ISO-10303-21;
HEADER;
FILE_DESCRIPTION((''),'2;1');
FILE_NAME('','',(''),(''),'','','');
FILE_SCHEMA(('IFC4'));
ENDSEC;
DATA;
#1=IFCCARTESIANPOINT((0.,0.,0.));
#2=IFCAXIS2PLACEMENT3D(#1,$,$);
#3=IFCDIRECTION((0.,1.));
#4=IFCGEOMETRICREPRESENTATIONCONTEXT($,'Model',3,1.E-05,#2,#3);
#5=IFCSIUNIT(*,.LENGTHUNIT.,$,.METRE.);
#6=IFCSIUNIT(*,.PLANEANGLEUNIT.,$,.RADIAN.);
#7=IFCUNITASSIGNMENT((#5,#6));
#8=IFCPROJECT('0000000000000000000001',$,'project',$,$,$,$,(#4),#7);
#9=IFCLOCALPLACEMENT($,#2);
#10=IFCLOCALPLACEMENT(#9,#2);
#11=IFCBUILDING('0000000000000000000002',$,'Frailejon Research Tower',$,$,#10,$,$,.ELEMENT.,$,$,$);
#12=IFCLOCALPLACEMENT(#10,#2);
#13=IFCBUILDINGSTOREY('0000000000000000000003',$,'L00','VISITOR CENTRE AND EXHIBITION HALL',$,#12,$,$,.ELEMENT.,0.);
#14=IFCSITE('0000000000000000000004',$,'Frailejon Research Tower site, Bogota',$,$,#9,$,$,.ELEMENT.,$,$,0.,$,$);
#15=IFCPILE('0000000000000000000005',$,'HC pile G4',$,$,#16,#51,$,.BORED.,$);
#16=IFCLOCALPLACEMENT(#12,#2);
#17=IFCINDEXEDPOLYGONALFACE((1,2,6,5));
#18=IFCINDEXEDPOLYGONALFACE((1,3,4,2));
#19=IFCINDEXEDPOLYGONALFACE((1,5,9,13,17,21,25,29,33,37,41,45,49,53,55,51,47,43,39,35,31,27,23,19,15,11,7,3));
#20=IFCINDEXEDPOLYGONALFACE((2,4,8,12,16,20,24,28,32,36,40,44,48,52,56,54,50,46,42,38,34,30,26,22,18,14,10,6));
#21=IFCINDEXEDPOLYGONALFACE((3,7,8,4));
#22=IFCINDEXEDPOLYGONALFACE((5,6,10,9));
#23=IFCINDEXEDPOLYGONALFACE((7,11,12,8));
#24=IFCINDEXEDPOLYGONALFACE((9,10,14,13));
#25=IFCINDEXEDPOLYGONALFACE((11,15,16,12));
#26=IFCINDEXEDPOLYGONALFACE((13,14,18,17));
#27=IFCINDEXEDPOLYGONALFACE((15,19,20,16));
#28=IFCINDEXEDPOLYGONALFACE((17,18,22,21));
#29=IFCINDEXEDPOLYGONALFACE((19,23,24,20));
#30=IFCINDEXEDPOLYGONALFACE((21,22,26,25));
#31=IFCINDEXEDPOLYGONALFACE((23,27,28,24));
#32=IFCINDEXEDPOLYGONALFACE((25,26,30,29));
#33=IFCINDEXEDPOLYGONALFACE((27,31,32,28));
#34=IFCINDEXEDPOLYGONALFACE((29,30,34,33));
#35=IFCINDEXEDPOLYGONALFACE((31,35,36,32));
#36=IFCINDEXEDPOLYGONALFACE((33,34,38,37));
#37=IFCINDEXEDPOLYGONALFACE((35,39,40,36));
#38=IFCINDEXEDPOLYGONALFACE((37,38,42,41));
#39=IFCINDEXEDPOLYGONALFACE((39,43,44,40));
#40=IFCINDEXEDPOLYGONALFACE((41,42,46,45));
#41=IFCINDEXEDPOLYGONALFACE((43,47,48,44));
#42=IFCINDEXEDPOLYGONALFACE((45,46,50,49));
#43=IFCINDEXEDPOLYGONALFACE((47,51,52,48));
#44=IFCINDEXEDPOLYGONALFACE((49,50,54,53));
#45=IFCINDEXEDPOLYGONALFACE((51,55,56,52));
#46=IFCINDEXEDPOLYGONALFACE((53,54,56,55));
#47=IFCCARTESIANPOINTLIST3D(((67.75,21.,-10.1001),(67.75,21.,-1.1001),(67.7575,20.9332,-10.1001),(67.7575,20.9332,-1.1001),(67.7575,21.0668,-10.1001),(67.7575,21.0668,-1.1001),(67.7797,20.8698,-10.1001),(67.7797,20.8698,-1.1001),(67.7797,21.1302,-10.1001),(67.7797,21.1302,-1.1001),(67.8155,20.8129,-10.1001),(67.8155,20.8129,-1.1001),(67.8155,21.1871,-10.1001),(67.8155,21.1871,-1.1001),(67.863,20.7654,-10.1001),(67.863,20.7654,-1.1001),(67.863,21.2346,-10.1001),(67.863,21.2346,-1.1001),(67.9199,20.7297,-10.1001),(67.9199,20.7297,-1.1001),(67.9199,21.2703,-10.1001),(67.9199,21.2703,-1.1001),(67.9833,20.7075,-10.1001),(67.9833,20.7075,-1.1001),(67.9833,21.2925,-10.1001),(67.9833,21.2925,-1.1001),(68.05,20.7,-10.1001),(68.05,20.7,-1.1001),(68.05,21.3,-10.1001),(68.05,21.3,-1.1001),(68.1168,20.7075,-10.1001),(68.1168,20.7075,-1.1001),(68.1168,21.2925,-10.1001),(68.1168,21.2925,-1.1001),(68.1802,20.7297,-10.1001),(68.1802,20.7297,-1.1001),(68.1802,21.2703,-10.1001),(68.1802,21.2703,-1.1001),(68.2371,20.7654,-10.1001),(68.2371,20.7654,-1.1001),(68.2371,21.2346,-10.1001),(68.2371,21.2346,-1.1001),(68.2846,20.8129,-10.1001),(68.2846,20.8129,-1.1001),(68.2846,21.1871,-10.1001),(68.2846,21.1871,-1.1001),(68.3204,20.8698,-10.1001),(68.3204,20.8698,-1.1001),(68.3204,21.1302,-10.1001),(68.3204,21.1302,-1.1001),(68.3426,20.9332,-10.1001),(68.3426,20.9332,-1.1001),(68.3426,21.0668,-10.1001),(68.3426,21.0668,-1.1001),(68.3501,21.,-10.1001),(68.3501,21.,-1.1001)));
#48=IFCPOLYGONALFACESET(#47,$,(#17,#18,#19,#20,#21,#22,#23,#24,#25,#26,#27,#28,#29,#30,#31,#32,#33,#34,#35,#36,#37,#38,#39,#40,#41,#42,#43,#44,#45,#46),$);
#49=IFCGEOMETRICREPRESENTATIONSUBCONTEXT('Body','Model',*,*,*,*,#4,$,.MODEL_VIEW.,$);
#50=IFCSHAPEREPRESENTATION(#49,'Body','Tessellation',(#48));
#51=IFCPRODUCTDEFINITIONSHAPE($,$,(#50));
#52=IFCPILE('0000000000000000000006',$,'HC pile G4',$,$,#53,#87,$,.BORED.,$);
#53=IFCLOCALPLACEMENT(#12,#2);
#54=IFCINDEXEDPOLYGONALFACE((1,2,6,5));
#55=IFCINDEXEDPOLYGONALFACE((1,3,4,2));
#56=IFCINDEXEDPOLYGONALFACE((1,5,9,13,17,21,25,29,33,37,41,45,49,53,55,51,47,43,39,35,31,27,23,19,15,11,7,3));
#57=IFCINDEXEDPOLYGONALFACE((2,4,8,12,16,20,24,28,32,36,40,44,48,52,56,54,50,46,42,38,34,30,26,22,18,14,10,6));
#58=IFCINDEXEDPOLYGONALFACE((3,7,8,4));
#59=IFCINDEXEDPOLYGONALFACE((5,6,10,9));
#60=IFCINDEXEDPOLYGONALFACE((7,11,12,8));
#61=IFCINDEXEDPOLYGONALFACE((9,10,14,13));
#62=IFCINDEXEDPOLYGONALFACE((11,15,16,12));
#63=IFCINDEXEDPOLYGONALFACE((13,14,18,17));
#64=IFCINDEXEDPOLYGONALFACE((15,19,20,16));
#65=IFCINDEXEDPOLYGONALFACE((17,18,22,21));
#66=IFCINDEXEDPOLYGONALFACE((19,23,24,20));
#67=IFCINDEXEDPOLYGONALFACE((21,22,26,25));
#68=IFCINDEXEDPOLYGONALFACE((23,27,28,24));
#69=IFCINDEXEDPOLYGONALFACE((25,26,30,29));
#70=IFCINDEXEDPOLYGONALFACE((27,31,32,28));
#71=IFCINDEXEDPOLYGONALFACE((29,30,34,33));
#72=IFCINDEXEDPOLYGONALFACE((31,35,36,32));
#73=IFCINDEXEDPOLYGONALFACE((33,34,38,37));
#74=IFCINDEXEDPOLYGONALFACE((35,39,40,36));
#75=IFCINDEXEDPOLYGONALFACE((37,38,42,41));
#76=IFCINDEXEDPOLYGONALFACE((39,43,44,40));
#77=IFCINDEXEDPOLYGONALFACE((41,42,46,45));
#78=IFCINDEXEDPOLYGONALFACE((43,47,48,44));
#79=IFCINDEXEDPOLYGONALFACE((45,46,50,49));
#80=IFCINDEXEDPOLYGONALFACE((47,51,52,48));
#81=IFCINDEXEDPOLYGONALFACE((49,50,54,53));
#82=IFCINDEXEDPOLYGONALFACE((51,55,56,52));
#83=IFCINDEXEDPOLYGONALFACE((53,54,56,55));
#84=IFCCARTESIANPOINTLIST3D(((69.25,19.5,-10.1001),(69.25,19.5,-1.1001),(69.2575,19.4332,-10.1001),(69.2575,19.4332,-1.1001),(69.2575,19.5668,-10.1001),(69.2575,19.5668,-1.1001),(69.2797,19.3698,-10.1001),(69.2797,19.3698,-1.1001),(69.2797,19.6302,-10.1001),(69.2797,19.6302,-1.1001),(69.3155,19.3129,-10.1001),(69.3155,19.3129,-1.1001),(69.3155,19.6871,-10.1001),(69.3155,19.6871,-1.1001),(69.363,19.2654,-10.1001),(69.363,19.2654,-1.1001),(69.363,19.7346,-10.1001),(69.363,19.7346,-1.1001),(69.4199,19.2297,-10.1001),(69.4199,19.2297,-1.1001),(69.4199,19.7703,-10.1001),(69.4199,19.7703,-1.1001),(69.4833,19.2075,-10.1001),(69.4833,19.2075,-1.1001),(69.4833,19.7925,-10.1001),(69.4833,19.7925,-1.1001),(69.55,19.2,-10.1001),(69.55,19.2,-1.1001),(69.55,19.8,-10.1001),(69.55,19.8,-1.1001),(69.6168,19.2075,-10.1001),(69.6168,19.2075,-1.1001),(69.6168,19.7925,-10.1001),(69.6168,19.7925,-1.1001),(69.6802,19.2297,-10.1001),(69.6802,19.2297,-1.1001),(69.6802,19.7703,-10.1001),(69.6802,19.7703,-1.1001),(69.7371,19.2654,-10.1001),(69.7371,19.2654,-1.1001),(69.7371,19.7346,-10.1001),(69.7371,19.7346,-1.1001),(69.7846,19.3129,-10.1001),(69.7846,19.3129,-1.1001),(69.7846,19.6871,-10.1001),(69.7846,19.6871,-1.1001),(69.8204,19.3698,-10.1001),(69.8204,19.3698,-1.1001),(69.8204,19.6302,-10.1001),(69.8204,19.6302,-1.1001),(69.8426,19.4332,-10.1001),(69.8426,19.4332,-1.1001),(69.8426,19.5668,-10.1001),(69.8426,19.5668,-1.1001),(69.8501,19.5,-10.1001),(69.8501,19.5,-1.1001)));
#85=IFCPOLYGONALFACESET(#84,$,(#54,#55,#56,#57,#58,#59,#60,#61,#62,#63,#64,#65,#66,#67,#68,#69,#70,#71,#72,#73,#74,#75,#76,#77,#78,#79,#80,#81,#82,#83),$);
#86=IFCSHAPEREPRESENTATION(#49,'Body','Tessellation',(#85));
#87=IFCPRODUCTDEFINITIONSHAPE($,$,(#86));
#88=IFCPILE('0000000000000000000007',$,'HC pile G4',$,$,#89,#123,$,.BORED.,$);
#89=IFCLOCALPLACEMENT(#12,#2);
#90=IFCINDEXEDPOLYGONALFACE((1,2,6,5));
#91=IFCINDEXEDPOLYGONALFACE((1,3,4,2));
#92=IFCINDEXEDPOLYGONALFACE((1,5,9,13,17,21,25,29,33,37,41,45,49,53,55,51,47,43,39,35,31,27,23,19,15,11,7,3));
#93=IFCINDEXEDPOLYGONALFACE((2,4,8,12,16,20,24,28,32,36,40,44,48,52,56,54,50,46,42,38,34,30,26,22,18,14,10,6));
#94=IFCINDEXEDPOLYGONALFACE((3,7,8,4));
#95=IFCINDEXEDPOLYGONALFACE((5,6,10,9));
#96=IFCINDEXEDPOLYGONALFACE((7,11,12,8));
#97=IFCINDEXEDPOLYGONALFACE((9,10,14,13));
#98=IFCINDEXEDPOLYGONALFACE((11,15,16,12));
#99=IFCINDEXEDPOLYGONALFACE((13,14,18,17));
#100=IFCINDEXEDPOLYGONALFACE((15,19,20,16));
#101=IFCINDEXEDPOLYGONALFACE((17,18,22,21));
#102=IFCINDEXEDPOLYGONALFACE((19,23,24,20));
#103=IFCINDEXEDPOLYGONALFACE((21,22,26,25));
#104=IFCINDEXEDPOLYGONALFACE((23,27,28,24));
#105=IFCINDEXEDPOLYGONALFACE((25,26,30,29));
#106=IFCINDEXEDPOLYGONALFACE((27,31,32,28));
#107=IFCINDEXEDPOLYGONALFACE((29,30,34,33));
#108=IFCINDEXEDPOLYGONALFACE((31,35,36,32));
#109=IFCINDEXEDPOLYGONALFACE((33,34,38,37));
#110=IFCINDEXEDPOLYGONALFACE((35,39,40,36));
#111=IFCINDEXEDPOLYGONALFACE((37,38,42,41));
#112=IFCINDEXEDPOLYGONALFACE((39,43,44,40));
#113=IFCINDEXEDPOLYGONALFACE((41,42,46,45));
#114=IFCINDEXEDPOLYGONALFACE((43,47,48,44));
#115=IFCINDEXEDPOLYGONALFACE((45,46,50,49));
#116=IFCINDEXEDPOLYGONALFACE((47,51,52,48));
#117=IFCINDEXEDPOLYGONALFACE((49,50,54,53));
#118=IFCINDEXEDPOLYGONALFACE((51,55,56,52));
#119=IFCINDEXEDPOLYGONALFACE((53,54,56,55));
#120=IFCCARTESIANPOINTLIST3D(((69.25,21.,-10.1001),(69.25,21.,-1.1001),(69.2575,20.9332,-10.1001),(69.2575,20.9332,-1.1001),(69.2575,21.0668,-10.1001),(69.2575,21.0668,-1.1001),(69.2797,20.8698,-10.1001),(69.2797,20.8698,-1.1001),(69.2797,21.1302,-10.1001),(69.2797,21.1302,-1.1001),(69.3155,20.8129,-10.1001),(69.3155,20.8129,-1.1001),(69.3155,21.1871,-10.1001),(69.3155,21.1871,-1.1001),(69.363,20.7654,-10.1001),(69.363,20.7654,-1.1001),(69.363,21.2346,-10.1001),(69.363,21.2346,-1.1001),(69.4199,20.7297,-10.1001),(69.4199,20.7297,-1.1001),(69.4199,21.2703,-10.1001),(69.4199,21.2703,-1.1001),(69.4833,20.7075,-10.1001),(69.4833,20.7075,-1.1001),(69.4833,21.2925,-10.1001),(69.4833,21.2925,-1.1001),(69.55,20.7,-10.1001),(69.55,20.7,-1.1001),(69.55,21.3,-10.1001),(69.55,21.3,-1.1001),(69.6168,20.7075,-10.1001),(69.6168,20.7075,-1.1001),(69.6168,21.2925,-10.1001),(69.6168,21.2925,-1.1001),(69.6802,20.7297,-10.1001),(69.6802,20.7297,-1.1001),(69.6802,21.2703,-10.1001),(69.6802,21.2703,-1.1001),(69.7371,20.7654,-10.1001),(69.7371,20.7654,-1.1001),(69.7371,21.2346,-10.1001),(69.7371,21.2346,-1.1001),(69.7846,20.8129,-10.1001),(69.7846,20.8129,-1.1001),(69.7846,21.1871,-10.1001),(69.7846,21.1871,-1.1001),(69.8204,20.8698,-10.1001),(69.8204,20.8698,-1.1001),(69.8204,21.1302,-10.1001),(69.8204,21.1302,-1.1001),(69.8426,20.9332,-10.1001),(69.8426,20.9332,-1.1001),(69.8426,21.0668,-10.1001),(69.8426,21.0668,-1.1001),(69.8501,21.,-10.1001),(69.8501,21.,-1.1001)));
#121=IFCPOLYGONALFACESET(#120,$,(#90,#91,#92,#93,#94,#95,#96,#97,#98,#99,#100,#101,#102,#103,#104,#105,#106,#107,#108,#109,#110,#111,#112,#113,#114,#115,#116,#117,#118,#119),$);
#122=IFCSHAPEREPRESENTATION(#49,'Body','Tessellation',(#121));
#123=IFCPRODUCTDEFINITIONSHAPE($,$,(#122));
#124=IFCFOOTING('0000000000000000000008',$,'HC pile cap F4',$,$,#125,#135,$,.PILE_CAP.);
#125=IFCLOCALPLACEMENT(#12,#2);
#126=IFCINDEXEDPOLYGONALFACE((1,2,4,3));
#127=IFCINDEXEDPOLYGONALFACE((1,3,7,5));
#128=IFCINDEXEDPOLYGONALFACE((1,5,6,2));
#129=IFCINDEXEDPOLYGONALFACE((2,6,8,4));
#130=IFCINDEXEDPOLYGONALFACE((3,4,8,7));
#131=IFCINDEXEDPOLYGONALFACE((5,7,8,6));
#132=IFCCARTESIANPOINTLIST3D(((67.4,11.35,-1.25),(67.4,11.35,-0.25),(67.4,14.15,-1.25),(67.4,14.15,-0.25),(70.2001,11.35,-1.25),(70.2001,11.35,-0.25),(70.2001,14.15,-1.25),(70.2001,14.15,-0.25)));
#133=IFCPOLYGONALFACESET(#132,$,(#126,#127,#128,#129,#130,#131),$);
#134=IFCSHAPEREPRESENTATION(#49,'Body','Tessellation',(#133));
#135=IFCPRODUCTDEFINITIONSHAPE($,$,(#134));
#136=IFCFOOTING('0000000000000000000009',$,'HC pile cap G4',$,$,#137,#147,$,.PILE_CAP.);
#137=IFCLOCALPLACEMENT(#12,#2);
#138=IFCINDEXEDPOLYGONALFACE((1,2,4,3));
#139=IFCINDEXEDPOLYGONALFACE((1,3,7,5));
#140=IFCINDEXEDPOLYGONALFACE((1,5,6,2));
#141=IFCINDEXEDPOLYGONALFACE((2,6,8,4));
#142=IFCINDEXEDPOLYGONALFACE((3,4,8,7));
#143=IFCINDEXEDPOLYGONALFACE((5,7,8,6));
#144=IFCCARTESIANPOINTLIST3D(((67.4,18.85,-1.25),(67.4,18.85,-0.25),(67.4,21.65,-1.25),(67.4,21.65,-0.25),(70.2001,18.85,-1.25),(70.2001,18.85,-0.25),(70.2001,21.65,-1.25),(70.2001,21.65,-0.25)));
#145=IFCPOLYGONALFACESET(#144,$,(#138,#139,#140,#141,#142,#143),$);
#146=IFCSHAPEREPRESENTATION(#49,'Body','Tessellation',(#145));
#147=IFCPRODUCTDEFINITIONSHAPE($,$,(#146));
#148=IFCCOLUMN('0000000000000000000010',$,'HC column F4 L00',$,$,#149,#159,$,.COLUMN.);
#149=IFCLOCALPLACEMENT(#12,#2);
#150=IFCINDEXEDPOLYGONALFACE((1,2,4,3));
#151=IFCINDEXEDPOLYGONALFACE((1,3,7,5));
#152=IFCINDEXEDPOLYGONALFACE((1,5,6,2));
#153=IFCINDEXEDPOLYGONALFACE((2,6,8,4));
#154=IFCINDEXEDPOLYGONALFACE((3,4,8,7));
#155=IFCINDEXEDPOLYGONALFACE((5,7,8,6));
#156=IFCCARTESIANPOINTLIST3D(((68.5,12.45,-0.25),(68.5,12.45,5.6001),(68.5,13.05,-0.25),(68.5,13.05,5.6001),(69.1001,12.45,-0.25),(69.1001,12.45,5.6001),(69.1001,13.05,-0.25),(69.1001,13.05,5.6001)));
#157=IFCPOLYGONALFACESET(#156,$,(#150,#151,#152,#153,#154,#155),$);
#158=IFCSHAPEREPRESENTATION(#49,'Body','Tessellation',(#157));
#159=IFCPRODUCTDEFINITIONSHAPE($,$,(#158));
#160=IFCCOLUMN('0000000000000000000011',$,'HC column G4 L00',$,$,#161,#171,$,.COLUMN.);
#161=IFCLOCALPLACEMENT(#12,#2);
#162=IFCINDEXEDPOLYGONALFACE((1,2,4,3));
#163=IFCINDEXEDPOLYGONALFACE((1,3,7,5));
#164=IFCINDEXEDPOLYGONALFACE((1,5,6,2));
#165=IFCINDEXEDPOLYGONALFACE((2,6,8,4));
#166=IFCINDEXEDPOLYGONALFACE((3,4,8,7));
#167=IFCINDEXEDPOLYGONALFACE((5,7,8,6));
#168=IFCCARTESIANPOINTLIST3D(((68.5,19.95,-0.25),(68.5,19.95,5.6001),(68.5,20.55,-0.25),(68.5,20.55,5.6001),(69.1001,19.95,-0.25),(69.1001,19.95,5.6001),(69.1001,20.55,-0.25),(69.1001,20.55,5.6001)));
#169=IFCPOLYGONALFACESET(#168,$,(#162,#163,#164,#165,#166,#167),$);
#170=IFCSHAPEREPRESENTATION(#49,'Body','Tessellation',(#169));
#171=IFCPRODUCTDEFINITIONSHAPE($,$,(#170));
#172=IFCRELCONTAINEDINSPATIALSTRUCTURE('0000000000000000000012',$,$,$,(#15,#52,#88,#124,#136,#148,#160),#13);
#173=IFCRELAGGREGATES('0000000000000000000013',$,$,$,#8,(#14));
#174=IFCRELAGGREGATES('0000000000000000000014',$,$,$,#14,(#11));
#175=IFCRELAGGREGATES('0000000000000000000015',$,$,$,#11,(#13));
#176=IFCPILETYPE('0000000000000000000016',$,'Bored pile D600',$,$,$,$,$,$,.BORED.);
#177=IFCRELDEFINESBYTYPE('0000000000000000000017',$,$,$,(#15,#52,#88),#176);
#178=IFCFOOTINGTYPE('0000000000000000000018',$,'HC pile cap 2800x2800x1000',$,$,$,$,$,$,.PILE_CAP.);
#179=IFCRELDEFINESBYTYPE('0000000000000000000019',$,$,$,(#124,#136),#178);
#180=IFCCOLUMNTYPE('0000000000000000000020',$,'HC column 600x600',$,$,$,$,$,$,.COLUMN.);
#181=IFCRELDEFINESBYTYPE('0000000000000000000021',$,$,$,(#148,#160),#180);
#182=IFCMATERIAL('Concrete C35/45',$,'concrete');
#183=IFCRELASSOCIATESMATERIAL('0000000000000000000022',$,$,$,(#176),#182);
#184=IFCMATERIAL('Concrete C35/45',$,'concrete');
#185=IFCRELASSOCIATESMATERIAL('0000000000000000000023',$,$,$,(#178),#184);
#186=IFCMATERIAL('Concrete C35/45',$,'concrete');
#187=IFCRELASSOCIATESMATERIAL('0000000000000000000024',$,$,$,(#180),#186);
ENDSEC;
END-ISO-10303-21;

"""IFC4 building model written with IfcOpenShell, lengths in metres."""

from ifc_helpers import new_model, si_unit, direction, frame, origin, origin_2d, place, context, subcontext, project, spatial, rectangle, circle, extrude, material, material_profile, profile_set, type_object, element, save


model = new_model("IFC4")

# Units and contexts
model_context = context("Model", 3, precision=1e-05, world=origin(), true_north=direction((0.0, 1.0)))
body_context = subcontext(model_context, "Body", "Model", "MODEL_VIEW")
ifc_project = project(units=[si_unit("LENGTHUNIT", "METRE"), si_unit("PLANEANGLEUNIT", "RADIAN")], contexts=[model_context])

# Site, building, storey
site_placement = place(None, origin())
site = spatial("IfcSite", under=ifc_project, at=site_placement, Name="Frailejon Research Tower site, Bogota", CompositionType="ELEMENT", RefElevation=0.0)
building_placement = place(site_placement, origin())
building = spatial("IfcBuilding", under=site, at=building_placement, Name="Frailejon Research Tower", CompositionType="ELEMENT")
storey_placement = place(building_placement, origin())
storey = spatial("IfcBuildingStorey", under=building, at=storey_placement, Name="L00", Description="VISITOR CENTRE AND EXHIBITION HALL", CompositionType="ELEMENT", Elevation=0.0)

# Piles
ifc_material_1 = material(Name="Concrete C35/45", Category="concrete")
ifc_material_profile_1 = material_profile(ifc_material_1, circle(Radius=0.3, at=origin_2d()), Name="Bored pile D600")
ifc_profile_set_1 = profile_set([ifc_material_profile_1], Name="Concrete C35/45")
pile_type = type_object("IfcPileType", Name="Bored pile D600", PredefinedType="BORED", material=ifc_profile_set_1)
for number, where, z_axis, x_axis, name in (
    (1, (68.05, 21.0, -1.1001), (0.0, 0.0, -1.0), (1.0, 0.0, 0.0), "HC pile G4"),
    (2, (69.55, 19.5, -1.1001), (0.0, 0.0, -1.0), (1.0, 0.0, 0.0), "HC pile G4"),
    (3, (69.55, 21.0, -1.1001), (0.0, 0.0, -1.0), (1.0, 0.0, 0.0), "HC pile G4"),
):
    element("IfcPile", number, at=place(storey_placement, frame(where, z_axis=z_axis, x_axis=x_axis)), inside=storey, type_object=pile_type, Name=name, PredefinedType="BORED", context=body_context, shape_type="SweptSolid", body=[
        extrude(circle(Radius=0.3, at=origin_2d()), origin(), (0.0, 0.0, 1.0), 9.0),
    ])

# Footings
ifc_material_2 = material(Name="Concrete C35/45", Category="concrete")
footing_type = type_object("IfcFootingType", Name="HC pile cap 2800x2800x1000", PredefinedType="PILE_CAP", material=ifc_material_2)
for number, where, z_axis, x_axis, name in (
    (4, (68.8, 12.75, -1.25), (0.0, 0.0, 1.0), (1.0, 0.0, 0.0), "HC pile cap F4"),
    (5, (68.8, 20.25, -1.25), (0.0, 0.0, 1.0), (1.0, 0.0, 0.0), "HC pile cap G4"),
):
    element("IfcFooting", number, at=place(storey_placement, frame(where, z_axis=z_axis, x_axis=x_axis)), inside=storey, type_object=footing_type, Name=name, PredefinedType="PILE_CAP", context=body_context, shape_type="SweptSolid", body=[
        extrude(rectangle(XDim=2.8, YDim=2.8, at=origin_2d()), origin(), (0.0, 0.0, 1.0), 1.0),
    ])

# Columns
ifc_material_3 = material(Name="Concrete C35/45", Category="concrete")
ifc_material_profile_2 = material_profile(ifc_material_3, rectangle(XDim=0.6001, YDim=0.6001, at=origin_2d()), Name="HC column 600x600")
ifc_profile_set_2 = profile_set([ifc_material_profile_2], Name="Concrete C35/45")
column_type = type_object("IfcColumnType", Name="HC column 600x600", PredefinedType="COLUMN", material=ifc_profile_set_2)
for number, where, z_axis, x_axis, name in (
    (6, (68.8, 12.75, -0.25), (0.0, 0.0, 1.0), (1.0, 0.0, 0.0), "HC column F4 L00"),
    (7, (68.8, 20.25, -0.25), (0.0, 0.0, 1.0), (1.0, 0.0, 0.0), "HC column G4 L00"),
):
    element("IfcColumn", number, at=place(storey_placement, frame(where, z_axis=z_axis, x_axis=x_axis)), inside=storey, type_object=column_type, Name=name, PredefinedType="COLUMN", context=body_context, shape_type="SweptSolid", body=[
        extrude(rectangle(XDim=0.6001, YDim=0.6001, at=origin_2d()), origin(), (0.0, 0.0, 1.0), 5.8501),
    ])

save(model, "model.ifc")
